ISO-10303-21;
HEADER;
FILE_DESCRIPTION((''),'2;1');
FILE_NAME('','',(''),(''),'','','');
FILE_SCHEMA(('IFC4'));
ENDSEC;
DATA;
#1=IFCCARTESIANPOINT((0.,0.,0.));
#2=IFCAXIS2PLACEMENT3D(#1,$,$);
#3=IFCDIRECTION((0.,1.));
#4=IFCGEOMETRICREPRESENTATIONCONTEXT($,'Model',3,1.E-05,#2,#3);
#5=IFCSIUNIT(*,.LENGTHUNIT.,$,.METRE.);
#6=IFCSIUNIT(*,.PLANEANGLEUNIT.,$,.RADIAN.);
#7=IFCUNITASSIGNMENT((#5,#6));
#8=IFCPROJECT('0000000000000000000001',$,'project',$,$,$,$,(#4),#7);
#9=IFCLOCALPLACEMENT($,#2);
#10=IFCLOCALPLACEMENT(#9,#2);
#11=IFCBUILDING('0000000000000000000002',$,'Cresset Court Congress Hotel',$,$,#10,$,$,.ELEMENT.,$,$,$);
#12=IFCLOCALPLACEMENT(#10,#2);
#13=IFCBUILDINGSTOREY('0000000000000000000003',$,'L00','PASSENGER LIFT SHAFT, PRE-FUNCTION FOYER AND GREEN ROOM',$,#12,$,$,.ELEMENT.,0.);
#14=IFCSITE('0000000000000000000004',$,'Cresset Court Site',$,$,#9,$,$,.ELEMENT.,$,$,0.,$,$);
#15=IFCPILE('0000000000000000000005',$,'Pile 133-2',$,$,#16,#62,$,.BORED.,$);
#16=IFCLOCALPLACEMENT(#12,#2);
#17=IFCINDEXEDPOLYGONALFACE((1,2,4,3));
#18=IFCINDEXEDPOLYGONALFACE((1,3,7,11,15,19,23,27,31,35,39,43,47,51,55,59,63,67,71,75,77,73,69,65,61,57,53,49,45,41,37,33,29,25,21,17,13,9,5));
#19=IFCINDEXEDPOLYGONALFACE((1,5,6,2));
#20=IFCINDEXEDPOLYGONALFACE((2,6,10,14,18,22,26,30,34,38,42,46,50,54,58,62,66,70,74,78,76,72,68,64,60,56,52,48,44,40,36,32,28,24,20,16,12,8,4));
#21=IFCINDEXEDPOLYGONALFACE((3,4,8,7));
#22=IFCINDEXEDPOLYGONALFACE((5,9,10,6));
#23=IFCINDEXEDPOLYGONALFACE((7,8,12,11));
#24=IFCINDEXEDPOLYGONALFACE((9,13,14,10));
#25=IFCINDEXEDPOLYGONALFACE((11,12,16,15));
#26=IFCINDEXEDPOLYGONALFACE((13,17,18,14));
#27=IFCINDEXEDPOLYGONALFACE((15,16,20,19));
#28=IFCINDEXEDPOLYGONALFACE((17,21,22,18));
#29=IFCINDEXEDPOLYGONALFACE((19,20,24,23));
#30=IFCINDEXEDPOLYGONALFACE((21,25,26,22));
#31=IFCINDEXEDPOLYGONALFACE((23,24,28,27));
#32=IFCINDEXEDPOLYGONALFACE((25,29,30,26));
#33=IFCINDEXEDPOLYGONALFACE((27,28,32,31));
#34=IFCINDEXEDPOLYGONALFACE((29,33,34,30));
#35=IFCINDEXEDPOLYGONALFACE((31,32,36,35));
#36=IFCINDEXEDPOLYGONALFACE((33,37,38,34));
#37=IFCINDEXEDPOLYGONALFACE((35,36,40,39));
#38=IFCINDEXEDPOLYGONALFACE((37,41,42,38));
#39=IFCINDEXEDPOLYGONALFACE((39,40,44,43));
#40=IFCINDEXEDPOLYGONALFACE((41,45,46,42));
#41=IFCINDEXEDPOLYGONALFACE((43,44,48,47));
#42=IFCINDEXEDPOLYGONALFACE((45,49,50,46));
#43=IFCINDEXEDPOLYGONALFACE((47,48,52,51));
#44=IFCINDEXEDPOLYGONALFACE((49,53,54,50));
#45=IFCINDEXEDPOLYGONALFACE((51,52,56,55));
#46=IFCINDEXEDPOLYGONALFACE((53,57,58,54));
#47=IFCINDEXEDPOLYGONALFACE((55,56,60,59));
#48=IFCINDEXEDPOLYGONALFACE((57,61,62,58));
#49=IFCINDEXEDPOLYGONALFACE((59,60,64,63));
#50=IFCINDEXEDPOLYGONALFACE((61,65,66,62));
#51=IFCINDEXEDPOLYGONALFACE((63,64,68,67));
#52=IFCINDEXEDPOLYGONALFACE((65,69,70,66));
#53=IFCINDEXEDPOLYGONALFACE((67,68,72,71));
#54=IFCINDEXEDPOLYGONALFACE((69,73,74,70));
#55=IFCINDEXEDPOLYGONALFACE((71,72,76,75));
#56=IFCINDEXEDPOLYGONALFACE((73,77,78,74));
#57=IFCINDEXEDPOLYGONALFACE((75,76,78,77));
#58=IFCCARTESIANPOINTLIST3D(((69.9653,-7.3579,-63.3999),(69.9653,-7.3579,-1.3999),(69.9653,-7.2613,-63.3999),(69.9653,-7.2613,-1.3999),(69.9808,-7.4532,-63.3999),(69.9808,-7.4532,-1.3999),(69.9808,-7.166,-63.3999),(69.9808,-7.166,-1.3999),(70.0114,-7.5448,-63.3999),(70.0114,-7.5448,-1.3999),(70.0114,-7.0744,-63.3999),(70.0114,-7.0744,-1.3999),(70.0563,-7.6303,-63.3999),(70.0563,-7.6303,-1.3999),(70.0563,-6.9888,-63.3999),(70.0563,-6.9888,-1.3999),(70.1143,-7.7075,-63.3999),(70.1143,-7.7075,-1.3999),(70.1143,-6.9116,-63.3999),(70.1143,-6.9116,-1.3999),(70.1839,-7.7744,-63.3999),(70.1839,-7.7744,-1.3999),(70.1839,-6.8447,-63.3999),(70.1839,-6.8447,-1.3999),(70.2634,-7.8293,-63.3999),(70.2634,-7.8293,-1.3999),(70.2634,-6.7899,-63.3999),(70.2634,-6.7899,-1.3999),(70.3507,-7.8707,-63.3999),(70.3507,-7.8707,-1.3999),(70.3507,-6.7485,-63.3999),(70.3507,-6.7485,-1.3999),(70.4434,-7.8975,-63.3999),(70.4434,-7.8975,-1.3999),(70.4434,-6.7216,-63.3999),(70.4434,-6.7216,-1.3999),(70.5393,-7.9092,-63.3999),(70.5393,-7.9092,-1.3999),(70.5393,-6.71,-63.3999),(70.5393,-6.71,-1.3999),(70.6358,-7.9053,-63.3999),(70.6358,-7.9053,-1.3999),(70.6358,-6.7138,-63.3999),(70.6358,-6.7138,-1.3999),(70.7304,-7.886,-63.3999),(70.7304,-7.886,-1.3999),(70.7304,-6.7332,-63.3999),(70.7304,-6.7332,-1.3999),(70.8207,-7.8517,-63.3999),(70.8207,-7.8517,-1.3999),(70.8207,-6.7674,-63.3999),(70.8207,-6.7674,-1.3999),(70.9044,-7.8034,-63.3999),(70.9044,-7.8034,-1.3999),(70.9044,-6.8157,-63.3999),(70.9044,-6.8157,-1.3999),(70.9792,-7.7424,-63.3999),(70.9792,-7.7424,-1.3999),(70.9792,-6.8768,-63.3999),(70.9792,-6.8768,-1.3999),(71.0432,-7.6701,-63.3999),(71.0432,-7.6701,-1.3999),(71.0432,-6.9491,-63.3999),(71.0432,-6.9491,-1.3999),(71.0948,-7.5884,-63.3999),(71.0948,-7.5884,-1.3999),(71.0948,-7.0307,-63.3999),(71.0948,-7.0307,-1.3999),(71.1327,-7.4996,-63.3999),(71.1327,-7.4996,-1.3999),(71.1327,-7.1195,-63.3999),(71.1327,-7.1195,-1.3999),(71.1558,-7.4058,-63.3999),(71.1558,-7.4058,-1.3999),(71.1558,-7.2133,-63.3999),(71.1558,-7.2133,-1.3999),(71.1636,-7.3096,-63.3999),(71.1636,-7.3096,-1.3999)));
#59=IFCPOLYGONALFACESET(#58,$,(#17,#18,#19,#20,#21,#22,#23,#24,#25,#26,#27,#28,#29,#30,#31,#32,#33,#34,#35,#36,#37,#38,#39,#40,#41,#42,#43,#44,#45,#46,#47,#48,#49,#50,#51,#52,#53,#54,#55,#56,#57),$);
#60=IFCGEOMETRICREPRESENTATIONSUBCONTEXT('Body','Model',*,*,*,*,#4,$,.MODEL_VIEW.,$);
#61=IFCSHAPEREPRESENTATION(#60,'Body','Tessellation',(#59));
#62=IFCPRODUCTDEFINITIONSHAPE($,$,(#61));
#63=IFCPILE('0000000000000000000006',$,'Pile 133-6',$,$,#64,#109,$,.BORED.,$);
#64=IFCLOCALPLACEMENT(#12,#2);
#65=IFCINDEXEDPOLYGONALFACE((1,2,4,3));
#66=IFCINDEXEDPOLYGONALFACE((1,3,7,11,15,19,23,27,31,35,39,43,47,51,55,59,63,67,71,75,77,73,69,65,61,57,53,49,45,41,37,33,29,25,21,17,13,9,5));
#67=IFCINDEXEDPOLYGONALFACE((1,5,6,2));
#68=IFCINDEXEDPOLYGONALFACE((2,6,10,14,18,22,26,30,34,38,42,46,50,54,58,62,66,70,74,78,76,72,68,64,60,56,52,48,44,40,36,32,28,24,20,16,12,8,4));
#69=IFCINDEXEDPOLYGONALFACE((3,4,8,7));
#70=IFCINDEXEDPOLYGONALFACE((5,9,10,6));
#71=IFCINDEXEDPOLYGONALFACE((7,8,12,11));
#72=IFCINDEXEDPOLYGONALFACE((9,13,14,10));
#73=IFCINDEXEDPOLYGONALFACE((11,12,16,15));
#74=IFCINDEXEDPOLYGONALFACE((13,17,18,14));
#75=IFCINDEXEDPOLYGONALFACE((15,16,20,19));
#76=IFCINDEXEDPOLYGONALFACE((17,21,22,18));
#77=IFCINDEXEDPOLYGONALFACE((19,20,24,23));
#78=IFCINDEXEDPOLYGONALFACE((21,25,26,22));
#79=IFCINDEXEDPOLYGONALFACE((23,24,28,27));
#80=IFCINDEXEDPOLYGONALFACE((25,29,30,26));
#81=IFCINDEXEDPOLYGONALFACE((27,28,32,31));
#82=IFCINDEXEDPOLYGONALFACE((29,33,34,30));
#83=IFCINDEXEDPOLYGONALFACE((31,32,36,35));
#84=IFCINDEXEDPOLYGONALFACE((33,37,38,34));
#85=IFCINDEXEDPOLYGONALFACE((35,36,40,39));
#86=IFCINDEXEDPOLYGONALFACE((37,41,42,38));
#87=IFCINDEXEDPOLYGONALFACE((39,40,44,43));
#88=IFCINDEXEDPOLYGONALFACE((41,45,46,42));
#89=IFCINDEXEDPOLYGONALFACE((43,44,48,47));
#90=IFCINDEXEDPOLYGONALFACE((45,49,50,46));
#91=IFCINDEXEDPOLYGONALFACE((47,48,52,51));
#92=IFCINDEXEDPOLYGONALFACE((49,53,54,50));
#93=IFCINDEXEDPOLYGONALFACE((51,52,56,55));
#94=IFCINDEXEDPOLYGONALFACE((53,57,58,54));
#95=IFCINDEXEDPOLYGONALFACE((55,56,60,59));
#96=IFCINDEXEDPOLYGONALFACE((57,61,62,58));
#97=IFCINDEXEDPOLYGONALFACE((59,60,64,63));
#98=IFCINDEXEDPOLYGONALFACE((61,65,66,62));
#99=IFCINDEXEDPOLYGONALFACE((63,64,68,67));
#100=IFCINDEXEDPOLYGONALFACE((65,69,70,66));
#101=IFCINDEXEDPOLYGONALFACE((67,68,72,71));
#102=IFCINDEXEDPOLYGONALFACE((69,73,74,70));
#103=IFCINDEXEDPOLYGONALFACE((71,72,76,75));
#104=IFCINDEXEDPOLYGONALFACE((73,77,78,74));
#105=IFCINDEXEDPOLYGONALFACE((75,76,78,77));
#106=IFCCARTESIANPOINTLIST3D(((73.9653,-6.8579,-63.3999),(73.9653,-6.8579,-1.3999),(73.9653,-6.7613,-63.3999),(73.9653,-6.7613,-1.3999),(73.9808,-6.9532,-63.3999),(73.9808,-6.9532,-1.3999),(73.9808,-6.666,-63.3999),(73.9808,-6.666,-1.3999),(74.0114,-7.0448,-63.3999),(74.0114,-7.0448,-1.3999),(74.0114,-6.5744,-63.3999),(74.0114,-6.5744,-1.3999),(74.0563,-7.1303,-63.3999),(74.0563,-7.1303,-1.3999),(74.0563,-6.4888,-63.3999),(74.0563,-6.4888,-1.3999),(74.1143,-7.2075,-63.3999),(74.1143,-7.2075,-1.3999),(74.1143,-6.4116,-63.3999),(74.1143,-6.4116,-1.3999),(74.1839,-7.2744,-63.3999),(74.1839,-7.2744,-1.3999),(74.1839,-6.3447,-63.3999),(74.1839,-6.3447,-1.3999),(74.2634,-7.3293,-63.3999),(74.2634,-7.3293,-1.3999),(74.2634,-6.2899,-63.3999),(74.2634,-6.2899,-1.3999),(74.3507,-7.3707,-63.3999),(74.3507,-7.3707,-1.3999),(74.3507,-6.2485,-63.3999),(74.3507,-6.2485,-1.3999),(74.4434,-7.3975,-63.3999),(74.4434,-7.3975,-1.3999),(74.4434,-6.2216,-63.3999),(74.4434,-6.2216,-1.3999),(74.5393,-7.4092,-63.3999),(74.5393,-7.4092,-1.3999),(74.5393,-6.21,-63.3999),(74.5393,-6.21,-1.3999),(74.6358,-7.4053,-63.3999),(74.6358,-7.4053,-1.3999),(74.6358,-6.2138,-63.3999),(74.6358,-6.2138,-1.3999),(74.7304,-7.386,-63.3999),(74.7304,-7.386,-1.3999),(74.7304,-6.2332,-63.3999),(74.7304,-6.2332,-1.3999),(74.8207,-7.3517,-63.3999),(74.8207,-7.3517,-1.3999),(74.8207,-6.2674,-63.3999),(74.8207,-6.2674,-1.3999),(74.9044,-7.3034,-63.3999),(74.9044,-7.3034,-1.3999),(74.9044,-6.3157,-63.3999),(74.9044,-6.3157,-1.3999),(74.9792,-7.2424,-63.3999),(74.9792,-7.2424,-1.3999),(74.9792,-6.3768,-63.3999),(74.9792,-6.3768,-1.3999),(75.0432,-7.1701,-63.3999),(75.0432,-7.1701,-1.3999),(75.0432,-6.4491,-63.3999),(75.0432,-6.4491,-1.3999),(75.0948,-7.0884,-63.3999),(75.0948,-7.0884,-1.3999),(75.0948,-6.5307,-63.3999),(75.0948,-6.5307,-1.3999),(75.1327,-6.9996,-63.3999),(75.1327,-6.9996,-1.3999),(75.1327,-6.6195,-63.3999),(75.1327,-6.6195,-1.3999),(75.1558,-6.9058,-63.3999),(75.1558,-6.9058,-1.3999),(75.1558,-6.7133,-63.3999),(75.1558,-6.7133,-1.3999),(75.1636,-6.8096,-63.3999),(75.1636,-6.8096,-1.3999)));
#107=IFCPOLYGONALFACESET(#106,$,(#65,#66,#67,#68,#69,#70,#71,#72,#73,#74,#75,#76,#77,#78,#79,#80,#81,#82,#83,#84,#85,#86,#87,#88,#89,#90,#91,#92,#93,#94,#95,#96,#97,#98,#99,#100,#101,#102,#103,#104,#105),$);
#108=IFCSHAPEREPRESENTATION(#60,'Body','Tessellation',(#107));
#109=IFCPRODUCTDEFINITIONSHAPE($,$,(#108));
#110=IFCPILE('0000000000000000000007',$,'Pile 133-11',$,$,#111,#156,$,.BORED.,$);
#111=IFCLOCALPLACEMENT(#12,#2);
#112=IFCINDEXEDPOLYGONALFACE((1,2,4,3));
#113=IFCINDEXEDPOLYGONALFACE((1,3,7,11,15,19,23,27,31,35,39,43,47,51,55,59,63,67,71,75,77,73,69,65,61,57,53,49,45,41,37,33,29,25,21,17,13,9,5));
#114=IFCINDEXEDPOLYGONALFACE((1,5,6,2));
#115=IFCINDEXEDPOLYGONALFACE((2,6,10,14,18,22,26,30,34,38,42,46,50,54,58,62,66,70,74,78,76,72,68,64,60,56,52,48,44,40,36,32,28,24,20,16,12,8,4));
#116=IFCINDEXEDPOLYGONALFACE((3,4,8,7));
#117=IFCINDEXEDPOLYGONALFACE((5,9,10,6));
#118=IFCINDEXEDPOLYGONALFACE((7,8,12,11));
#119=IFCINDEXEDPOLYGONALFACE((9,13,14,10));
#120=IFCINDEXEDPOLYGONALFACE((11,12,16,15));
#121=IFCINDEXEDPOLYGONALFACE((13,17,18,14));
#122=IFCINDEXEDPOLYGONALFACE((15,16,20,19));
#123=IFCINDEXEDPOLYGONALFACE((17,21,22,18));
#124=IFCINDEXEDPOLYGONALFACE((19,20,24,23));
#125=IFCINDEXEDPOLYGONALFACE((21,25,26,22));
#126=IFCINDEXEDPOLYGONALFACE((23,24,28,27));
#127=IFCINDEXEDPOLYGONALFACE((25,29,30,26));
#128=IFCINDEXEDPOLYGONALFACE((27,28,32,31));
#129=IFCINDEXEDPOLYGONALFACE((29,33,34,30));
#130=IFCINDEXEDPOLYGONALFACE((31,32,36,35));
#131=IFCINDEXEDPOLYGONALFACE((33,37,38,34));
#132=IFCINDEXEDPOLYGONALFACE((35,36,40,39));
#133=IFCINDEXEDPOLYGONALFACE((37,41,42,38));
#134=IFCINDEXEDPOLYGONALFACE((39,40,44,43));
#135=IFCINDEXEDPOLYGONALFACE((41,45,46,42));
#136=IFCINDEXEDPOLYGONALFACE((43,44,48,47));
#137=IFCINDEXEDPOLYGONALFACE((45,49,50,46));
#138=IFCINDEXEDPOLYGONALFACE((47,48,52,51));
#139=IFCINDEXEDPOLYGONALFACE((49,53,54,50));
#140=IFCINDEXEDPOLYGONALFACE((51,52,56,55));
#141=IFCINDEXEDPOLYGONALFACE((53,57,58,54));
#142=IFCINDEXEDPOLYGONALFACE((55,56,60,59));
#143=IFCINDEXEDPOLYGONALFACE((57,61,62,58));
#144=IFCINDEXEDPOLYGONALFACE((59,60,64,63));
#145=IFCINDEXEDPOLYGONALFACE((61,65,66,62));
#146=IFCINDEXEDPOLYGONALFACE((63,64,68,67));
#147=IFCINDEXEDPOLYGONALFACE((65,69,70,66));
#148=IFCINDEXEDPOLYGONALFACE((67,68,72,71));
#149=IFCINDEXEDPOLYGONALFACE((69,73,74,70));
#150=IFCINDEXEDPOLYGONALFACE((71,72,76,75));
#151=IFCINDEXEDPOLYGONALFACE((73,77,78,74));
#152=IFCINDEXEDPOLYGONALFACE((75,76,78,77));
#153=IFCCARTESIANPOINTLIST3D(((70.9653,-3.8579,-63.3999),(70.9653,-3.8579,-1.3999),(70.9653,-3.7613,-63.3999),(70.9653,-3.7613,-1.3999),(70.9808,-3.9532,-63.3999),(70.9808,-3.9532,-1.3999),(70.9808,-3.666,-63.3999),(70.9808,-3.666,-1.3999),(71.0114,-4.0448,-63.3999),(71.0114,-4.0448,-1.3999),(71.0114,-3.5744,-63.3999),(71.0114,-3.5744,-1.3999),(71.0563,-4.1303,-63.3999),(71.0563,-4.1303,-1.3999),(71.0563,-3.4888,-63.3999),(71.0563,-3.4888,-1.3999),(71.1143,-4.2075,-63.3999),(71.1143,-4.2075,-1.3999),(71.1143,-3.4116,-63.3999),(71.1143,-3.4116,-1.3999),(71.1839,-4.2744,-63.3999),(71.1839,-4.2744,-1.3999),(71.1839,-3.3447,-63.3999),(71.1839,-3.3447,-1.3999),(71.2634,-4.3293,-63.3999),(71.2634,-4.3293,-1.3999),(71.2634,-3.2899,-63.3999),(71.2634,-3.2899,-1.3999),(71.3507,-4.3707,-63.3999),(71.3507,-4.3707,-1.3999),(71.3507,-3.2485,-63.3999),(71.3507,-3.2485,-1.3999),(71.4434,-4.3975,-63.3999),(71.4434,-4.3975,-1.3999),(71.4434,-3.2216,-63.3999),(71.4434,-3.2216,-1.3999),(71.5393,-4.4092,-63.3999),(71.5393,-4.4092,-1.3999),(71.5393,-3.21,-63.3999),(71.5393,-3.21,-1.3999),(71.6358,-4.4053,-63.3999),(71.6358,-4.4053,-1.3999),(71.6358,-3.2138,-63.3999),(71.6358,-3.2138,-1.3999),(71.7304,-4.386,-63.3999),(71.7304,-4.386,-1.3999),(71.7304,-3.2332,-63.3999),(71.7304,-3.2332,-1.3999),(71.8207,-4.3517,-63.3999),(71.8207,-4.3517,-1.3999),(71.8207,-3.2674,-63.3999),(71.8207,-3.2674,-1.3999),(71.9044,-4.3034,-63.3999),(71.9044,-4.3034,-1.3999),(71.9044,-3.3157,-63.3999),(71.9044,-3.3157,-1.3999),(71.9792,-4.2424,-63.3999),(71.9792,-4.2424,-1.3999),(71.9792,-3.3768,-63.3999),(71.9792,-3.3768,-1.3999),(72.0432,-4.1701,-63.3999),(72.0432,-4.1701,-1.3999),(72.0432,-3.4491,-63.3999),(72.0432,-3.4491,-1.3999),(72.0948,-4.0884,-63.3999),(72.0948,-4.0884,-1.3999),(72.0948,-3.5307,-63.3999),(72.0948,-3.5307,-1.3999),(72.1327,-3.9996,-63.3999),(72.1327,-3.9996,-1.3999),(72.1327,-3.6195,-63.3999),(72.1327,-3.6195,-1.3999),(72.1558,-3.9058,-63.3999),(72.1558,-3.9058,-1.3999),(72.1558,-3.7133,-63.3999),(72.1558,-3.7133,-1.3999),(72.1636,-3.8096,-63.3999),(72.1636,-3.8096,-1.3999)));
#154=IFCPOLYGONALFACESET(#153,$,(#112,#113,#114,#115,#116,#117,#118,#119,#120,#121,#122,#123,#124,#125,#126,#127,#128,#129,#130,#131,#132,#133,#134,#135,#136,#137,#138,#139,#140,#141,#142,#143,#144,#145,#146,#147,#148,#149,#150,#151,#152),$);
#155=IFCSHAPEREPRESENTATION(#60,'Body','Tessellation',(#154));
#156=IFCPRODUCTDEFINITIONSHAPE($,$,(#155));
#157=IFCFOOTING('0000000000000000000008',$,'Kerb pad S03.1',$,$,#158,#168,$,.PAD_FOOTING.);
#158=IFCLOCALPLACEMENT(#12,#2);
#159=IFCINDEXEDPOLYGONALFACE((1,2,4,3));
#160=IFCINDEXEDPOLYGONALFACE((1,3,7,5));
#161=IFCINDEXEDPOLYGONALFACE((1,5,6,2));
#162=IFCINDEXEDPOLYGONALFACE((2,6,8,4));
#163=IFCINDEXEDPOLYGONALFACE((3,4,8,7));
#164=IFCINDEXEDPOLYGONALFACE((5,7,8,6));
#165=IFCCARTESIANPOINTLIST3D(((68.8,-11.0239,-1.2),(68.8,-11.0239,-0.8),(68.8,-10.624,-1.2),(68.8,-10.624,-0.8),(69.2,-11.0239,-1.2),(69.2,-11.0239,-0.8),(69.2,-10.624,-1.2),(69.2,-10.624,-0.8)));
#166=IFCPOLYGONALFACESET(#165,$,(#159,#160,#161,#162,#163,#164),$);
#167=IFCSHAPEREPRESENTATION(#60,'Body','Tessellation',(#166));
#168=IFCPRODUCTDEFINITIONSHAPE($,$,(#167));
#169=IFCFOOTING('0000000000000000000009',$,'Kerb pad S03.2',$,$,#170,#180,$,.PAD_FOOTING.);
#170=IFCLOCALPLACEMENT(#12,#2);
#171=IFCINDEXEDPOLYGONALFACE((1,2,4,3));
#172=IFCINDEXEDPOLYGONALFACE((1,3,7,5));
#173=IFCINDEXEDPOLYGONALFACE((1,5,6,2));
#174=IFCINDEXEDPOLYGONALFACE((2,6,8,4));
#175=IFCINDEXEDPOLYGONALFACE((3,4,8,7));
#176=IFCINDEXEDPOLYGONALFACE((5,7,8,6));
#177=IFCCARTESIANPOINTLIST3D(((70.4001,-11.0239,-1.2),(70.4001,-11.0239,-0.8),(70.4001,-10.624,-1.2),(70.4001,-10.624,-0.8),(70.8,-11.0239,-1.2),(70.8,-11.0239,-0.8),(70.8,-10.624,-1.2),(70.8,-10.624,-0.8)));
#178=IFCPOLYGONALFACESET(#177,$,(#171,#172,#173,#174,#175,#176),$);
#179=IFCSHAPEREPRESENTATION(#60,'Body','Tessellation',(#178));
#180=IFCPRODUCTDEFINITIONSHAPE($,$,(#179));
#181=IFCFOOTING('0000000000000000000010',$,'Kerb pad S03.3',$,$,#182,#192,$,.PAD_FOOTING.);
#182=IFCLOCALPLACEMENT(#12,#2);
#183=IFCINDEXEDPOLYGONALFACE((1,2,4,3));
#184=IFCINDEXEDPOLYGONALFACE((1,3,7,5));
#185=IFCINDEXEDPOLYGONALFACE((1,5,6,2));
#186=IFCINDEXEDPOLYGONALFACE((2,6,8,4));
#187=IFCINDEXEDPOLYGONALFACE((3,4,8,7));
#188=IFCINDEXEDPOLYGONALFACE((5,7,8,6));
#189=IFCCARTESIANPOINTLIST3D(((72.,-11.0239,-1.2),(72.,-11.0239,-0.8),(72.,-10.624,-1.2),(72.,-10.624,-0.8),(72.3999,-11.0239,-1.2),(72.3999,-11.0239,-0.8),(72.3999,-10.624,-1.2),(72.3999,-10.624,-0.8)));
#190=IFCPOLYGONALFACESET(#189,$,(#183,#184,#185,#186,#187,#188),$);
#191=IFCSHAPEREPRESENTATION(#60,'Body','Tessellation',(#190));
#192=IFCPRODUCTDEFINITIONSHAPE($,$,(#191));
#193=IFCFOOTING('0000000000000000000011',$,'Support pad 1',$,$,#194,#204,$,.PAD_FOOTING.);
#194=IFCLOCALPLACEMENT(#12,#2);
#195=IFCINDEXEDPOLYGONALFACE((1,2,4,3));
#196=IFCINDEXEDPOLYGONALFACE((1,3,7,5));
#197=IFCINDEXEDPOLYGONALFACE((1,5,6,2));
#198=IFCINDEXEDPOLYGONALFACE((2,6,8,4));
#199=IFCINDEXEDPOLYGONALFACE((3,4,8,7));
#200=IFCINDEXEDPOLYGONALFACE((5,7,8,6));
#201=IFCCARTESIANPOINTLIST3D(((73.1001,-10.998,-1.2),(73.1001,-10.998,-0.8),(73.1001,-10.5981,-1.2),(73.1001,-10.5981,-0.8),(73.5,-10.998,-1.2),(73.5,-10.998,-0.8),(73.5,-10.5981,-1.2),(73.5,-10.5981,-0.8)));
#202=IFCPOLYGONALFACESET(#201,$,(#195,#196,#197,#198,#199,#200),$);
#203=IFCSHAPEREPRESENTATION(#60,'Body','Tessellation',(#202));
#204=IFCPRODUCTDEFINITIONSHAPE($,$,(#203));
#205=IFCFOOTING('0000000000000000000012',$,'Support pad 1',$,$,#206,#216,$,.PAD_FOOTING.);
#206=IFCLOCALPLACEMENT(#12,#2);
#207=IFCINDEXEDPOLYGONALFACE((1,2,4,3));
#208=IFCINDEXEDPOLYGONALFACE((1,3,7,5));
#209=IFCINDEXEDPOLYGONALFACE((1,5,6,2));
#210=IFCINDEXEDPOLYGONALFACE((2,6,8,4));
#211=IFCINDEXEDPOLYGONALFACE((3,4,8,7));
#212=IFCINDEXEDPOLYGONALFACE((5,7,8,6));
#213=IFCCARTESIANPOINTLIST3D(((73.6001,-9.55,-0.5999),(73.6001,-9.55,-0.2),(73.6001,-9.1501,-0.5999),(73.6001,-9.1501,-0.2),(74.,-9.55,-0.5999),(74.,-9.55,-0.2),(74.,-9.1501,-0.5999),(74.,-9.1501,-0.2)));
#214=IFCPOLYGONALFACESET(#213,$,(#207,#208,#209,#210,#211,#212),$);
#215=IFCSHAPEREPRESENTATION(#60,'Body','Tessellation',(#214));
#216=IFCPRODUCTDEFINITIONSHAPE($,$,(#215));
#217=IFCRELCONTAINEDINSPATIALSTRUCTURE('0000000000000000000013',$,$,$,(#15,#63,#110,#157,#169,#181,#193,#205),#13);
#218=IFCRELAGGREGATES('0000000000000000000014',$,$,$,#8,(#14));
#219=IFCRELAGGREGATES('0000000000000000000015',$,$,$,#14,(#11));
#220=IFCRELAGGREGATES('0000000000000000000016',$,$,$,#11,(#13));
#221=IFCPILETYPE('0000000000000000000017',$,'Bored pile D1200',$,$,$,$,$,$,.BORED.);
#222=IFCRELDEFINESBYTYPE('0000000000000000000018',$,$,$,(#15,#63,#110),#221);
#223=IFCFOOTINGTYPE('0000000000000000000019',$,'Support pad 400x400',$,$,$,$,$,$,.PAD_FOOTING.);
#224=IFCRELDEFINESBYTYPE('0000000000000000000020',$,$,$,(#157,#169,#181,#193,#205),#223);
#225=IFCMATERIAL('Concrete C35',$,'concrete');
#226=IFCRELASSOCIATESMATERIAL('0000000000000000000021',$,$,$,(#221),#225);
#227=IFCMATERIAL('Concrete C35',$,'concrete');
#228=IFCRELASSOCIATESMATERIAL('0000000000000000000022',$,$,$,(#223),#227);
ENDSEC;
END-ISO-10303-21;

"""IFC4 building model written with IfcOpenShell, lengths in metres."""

from ifc_helpers import new_model, si_unit, direction, frame, origin, origin_2d, place, context, subcontext, project, spatial, rectangle, circle, extrude, material, type_object, element, save


model = new_model("IFC4")

# Units and contexts
model_context = context("Model", 3, precision=1e-05, world=origin(), true_north=direction((0.0, 1.0)))
body_context = subcontext(model_context, "Body", "Model", "MODEL_VIEW")
ifc_project = project(units=[si_unit("LENGTHUNIT", "METRE"), si_unit("PLANEANGLEUNIT", "RADIAN")], contexts=[model_context])

# Site, building, storey
site_placement = place(None, origin())
site = spatial("IfcSite", under=ifc_project, at=site_placement, Name="Cresset Court Site", CompositionType="ELEMENT", RefElevation=0.0)
building_placement = place(site_placement, origin())
building = spatial("IfcBuilding", under=site, at=building_placement, Name="Cresset Court Congress Hotel", CompositionType="ELEMENT")
storey_placement = place(building_placement, origin())
storey = spatial("IfcBuildingStorey", under=building, at=storey_placement, Name="L00", Description="PASSENGER LIFT SHAFT, PRE-FUNCTION FOYER AND GREEN ROOM", CompositionType="ELEMENT", Elevation=0.0)

# Piles
ifc_material_1 = material(Name="Concrete C35", Category="concrete")
pile_type = type_object("IfcPileType", Name="Bored pile D1200", PredefinedType="BORED", material=ifc_material_1)
for number, where, z_axis, x_axis, name in (
    (1, (70.5635, -7.3096, -1.3999), (0.0, 0.0, -1.0), (1.0, 0.0, 0.0), "Pile 133-2"),
    (2, (74.5635, -6.8096, -1.3999), (0.0, 0.0, -1.0), (1.0, 0.0, 0.0), "Pile 133-6"),
    (3, (71.5635, -3.8096, -1.3999), (0.0, 0.0, -1.0), (1.0, 0.0, 0.0), "Pile 133-11"),
):
    element("IfcPile", number, at=place(storey_placement, frame(where, z_axis=z_axis, x_axis=x_axis)), inside=storey, type_object=pile_type, Name=name, PredefinedType="BORED", context=body_context, shape_type="SweptSolid", body=[
        extrude(circle(Radius=0.6001, at=origin_2d()), origin(), (0.0, 0.0, 1.0), 62.0),
    ])

# Footings
ifc_material_2 = material(Name="Concrete C35", Category="concrete")
footing_type = type_object("IfcFootingType", Name="Support pad 400x400", PredefinedType="PAD_FOOTING", material=ifc_material_2)
for number, where, z_axis, x_axis, name in (
    (4, (69.0, -10.824, -1.2), (0.0, 0.0, 1.0), (1.0, 0.0, 0.0), "Kerb pad S03.1"),
    (5, (70.6001, -10.824, -1.2), (0.0, 0.0, 1.0), (1.0, 0.0, 0.0), "Kerb pad S03.2"),
    (6, (72.2, -10.824, -1.2), (0.0, 0.0, 1.0), (1.0, 0.0, 0.0), "Kerb pad S03.3"),
    (7, (73.3, -10.7981, -1.2), (0.0, 0.0, 1.0), (1.0, 0.0, 0.0), "Support pad 1"),
    (8, (73.8, -9.3501, -0.5999), (0.0, 0.0, 1.0), (1.0, 0.0, 0.0), "Support pad 1"),
):
    element("IfcFooting", number, at=place(storey_placement, frame(where, z_axis=z_axis, x_axis=x_axis)), inside=storey, type_object=footing_type, Name=name, PredefinedType="PAD_FOOTING", context=body_context, shape_type="SweptSolid", body=[
        extrude(rectangle(XDim=0.3999, YDim=0.3999, at=origin_2d()), origin(), (0.0, 0.0, 1.0), 0.3999),
    ])

save(model, "model.ifc")
